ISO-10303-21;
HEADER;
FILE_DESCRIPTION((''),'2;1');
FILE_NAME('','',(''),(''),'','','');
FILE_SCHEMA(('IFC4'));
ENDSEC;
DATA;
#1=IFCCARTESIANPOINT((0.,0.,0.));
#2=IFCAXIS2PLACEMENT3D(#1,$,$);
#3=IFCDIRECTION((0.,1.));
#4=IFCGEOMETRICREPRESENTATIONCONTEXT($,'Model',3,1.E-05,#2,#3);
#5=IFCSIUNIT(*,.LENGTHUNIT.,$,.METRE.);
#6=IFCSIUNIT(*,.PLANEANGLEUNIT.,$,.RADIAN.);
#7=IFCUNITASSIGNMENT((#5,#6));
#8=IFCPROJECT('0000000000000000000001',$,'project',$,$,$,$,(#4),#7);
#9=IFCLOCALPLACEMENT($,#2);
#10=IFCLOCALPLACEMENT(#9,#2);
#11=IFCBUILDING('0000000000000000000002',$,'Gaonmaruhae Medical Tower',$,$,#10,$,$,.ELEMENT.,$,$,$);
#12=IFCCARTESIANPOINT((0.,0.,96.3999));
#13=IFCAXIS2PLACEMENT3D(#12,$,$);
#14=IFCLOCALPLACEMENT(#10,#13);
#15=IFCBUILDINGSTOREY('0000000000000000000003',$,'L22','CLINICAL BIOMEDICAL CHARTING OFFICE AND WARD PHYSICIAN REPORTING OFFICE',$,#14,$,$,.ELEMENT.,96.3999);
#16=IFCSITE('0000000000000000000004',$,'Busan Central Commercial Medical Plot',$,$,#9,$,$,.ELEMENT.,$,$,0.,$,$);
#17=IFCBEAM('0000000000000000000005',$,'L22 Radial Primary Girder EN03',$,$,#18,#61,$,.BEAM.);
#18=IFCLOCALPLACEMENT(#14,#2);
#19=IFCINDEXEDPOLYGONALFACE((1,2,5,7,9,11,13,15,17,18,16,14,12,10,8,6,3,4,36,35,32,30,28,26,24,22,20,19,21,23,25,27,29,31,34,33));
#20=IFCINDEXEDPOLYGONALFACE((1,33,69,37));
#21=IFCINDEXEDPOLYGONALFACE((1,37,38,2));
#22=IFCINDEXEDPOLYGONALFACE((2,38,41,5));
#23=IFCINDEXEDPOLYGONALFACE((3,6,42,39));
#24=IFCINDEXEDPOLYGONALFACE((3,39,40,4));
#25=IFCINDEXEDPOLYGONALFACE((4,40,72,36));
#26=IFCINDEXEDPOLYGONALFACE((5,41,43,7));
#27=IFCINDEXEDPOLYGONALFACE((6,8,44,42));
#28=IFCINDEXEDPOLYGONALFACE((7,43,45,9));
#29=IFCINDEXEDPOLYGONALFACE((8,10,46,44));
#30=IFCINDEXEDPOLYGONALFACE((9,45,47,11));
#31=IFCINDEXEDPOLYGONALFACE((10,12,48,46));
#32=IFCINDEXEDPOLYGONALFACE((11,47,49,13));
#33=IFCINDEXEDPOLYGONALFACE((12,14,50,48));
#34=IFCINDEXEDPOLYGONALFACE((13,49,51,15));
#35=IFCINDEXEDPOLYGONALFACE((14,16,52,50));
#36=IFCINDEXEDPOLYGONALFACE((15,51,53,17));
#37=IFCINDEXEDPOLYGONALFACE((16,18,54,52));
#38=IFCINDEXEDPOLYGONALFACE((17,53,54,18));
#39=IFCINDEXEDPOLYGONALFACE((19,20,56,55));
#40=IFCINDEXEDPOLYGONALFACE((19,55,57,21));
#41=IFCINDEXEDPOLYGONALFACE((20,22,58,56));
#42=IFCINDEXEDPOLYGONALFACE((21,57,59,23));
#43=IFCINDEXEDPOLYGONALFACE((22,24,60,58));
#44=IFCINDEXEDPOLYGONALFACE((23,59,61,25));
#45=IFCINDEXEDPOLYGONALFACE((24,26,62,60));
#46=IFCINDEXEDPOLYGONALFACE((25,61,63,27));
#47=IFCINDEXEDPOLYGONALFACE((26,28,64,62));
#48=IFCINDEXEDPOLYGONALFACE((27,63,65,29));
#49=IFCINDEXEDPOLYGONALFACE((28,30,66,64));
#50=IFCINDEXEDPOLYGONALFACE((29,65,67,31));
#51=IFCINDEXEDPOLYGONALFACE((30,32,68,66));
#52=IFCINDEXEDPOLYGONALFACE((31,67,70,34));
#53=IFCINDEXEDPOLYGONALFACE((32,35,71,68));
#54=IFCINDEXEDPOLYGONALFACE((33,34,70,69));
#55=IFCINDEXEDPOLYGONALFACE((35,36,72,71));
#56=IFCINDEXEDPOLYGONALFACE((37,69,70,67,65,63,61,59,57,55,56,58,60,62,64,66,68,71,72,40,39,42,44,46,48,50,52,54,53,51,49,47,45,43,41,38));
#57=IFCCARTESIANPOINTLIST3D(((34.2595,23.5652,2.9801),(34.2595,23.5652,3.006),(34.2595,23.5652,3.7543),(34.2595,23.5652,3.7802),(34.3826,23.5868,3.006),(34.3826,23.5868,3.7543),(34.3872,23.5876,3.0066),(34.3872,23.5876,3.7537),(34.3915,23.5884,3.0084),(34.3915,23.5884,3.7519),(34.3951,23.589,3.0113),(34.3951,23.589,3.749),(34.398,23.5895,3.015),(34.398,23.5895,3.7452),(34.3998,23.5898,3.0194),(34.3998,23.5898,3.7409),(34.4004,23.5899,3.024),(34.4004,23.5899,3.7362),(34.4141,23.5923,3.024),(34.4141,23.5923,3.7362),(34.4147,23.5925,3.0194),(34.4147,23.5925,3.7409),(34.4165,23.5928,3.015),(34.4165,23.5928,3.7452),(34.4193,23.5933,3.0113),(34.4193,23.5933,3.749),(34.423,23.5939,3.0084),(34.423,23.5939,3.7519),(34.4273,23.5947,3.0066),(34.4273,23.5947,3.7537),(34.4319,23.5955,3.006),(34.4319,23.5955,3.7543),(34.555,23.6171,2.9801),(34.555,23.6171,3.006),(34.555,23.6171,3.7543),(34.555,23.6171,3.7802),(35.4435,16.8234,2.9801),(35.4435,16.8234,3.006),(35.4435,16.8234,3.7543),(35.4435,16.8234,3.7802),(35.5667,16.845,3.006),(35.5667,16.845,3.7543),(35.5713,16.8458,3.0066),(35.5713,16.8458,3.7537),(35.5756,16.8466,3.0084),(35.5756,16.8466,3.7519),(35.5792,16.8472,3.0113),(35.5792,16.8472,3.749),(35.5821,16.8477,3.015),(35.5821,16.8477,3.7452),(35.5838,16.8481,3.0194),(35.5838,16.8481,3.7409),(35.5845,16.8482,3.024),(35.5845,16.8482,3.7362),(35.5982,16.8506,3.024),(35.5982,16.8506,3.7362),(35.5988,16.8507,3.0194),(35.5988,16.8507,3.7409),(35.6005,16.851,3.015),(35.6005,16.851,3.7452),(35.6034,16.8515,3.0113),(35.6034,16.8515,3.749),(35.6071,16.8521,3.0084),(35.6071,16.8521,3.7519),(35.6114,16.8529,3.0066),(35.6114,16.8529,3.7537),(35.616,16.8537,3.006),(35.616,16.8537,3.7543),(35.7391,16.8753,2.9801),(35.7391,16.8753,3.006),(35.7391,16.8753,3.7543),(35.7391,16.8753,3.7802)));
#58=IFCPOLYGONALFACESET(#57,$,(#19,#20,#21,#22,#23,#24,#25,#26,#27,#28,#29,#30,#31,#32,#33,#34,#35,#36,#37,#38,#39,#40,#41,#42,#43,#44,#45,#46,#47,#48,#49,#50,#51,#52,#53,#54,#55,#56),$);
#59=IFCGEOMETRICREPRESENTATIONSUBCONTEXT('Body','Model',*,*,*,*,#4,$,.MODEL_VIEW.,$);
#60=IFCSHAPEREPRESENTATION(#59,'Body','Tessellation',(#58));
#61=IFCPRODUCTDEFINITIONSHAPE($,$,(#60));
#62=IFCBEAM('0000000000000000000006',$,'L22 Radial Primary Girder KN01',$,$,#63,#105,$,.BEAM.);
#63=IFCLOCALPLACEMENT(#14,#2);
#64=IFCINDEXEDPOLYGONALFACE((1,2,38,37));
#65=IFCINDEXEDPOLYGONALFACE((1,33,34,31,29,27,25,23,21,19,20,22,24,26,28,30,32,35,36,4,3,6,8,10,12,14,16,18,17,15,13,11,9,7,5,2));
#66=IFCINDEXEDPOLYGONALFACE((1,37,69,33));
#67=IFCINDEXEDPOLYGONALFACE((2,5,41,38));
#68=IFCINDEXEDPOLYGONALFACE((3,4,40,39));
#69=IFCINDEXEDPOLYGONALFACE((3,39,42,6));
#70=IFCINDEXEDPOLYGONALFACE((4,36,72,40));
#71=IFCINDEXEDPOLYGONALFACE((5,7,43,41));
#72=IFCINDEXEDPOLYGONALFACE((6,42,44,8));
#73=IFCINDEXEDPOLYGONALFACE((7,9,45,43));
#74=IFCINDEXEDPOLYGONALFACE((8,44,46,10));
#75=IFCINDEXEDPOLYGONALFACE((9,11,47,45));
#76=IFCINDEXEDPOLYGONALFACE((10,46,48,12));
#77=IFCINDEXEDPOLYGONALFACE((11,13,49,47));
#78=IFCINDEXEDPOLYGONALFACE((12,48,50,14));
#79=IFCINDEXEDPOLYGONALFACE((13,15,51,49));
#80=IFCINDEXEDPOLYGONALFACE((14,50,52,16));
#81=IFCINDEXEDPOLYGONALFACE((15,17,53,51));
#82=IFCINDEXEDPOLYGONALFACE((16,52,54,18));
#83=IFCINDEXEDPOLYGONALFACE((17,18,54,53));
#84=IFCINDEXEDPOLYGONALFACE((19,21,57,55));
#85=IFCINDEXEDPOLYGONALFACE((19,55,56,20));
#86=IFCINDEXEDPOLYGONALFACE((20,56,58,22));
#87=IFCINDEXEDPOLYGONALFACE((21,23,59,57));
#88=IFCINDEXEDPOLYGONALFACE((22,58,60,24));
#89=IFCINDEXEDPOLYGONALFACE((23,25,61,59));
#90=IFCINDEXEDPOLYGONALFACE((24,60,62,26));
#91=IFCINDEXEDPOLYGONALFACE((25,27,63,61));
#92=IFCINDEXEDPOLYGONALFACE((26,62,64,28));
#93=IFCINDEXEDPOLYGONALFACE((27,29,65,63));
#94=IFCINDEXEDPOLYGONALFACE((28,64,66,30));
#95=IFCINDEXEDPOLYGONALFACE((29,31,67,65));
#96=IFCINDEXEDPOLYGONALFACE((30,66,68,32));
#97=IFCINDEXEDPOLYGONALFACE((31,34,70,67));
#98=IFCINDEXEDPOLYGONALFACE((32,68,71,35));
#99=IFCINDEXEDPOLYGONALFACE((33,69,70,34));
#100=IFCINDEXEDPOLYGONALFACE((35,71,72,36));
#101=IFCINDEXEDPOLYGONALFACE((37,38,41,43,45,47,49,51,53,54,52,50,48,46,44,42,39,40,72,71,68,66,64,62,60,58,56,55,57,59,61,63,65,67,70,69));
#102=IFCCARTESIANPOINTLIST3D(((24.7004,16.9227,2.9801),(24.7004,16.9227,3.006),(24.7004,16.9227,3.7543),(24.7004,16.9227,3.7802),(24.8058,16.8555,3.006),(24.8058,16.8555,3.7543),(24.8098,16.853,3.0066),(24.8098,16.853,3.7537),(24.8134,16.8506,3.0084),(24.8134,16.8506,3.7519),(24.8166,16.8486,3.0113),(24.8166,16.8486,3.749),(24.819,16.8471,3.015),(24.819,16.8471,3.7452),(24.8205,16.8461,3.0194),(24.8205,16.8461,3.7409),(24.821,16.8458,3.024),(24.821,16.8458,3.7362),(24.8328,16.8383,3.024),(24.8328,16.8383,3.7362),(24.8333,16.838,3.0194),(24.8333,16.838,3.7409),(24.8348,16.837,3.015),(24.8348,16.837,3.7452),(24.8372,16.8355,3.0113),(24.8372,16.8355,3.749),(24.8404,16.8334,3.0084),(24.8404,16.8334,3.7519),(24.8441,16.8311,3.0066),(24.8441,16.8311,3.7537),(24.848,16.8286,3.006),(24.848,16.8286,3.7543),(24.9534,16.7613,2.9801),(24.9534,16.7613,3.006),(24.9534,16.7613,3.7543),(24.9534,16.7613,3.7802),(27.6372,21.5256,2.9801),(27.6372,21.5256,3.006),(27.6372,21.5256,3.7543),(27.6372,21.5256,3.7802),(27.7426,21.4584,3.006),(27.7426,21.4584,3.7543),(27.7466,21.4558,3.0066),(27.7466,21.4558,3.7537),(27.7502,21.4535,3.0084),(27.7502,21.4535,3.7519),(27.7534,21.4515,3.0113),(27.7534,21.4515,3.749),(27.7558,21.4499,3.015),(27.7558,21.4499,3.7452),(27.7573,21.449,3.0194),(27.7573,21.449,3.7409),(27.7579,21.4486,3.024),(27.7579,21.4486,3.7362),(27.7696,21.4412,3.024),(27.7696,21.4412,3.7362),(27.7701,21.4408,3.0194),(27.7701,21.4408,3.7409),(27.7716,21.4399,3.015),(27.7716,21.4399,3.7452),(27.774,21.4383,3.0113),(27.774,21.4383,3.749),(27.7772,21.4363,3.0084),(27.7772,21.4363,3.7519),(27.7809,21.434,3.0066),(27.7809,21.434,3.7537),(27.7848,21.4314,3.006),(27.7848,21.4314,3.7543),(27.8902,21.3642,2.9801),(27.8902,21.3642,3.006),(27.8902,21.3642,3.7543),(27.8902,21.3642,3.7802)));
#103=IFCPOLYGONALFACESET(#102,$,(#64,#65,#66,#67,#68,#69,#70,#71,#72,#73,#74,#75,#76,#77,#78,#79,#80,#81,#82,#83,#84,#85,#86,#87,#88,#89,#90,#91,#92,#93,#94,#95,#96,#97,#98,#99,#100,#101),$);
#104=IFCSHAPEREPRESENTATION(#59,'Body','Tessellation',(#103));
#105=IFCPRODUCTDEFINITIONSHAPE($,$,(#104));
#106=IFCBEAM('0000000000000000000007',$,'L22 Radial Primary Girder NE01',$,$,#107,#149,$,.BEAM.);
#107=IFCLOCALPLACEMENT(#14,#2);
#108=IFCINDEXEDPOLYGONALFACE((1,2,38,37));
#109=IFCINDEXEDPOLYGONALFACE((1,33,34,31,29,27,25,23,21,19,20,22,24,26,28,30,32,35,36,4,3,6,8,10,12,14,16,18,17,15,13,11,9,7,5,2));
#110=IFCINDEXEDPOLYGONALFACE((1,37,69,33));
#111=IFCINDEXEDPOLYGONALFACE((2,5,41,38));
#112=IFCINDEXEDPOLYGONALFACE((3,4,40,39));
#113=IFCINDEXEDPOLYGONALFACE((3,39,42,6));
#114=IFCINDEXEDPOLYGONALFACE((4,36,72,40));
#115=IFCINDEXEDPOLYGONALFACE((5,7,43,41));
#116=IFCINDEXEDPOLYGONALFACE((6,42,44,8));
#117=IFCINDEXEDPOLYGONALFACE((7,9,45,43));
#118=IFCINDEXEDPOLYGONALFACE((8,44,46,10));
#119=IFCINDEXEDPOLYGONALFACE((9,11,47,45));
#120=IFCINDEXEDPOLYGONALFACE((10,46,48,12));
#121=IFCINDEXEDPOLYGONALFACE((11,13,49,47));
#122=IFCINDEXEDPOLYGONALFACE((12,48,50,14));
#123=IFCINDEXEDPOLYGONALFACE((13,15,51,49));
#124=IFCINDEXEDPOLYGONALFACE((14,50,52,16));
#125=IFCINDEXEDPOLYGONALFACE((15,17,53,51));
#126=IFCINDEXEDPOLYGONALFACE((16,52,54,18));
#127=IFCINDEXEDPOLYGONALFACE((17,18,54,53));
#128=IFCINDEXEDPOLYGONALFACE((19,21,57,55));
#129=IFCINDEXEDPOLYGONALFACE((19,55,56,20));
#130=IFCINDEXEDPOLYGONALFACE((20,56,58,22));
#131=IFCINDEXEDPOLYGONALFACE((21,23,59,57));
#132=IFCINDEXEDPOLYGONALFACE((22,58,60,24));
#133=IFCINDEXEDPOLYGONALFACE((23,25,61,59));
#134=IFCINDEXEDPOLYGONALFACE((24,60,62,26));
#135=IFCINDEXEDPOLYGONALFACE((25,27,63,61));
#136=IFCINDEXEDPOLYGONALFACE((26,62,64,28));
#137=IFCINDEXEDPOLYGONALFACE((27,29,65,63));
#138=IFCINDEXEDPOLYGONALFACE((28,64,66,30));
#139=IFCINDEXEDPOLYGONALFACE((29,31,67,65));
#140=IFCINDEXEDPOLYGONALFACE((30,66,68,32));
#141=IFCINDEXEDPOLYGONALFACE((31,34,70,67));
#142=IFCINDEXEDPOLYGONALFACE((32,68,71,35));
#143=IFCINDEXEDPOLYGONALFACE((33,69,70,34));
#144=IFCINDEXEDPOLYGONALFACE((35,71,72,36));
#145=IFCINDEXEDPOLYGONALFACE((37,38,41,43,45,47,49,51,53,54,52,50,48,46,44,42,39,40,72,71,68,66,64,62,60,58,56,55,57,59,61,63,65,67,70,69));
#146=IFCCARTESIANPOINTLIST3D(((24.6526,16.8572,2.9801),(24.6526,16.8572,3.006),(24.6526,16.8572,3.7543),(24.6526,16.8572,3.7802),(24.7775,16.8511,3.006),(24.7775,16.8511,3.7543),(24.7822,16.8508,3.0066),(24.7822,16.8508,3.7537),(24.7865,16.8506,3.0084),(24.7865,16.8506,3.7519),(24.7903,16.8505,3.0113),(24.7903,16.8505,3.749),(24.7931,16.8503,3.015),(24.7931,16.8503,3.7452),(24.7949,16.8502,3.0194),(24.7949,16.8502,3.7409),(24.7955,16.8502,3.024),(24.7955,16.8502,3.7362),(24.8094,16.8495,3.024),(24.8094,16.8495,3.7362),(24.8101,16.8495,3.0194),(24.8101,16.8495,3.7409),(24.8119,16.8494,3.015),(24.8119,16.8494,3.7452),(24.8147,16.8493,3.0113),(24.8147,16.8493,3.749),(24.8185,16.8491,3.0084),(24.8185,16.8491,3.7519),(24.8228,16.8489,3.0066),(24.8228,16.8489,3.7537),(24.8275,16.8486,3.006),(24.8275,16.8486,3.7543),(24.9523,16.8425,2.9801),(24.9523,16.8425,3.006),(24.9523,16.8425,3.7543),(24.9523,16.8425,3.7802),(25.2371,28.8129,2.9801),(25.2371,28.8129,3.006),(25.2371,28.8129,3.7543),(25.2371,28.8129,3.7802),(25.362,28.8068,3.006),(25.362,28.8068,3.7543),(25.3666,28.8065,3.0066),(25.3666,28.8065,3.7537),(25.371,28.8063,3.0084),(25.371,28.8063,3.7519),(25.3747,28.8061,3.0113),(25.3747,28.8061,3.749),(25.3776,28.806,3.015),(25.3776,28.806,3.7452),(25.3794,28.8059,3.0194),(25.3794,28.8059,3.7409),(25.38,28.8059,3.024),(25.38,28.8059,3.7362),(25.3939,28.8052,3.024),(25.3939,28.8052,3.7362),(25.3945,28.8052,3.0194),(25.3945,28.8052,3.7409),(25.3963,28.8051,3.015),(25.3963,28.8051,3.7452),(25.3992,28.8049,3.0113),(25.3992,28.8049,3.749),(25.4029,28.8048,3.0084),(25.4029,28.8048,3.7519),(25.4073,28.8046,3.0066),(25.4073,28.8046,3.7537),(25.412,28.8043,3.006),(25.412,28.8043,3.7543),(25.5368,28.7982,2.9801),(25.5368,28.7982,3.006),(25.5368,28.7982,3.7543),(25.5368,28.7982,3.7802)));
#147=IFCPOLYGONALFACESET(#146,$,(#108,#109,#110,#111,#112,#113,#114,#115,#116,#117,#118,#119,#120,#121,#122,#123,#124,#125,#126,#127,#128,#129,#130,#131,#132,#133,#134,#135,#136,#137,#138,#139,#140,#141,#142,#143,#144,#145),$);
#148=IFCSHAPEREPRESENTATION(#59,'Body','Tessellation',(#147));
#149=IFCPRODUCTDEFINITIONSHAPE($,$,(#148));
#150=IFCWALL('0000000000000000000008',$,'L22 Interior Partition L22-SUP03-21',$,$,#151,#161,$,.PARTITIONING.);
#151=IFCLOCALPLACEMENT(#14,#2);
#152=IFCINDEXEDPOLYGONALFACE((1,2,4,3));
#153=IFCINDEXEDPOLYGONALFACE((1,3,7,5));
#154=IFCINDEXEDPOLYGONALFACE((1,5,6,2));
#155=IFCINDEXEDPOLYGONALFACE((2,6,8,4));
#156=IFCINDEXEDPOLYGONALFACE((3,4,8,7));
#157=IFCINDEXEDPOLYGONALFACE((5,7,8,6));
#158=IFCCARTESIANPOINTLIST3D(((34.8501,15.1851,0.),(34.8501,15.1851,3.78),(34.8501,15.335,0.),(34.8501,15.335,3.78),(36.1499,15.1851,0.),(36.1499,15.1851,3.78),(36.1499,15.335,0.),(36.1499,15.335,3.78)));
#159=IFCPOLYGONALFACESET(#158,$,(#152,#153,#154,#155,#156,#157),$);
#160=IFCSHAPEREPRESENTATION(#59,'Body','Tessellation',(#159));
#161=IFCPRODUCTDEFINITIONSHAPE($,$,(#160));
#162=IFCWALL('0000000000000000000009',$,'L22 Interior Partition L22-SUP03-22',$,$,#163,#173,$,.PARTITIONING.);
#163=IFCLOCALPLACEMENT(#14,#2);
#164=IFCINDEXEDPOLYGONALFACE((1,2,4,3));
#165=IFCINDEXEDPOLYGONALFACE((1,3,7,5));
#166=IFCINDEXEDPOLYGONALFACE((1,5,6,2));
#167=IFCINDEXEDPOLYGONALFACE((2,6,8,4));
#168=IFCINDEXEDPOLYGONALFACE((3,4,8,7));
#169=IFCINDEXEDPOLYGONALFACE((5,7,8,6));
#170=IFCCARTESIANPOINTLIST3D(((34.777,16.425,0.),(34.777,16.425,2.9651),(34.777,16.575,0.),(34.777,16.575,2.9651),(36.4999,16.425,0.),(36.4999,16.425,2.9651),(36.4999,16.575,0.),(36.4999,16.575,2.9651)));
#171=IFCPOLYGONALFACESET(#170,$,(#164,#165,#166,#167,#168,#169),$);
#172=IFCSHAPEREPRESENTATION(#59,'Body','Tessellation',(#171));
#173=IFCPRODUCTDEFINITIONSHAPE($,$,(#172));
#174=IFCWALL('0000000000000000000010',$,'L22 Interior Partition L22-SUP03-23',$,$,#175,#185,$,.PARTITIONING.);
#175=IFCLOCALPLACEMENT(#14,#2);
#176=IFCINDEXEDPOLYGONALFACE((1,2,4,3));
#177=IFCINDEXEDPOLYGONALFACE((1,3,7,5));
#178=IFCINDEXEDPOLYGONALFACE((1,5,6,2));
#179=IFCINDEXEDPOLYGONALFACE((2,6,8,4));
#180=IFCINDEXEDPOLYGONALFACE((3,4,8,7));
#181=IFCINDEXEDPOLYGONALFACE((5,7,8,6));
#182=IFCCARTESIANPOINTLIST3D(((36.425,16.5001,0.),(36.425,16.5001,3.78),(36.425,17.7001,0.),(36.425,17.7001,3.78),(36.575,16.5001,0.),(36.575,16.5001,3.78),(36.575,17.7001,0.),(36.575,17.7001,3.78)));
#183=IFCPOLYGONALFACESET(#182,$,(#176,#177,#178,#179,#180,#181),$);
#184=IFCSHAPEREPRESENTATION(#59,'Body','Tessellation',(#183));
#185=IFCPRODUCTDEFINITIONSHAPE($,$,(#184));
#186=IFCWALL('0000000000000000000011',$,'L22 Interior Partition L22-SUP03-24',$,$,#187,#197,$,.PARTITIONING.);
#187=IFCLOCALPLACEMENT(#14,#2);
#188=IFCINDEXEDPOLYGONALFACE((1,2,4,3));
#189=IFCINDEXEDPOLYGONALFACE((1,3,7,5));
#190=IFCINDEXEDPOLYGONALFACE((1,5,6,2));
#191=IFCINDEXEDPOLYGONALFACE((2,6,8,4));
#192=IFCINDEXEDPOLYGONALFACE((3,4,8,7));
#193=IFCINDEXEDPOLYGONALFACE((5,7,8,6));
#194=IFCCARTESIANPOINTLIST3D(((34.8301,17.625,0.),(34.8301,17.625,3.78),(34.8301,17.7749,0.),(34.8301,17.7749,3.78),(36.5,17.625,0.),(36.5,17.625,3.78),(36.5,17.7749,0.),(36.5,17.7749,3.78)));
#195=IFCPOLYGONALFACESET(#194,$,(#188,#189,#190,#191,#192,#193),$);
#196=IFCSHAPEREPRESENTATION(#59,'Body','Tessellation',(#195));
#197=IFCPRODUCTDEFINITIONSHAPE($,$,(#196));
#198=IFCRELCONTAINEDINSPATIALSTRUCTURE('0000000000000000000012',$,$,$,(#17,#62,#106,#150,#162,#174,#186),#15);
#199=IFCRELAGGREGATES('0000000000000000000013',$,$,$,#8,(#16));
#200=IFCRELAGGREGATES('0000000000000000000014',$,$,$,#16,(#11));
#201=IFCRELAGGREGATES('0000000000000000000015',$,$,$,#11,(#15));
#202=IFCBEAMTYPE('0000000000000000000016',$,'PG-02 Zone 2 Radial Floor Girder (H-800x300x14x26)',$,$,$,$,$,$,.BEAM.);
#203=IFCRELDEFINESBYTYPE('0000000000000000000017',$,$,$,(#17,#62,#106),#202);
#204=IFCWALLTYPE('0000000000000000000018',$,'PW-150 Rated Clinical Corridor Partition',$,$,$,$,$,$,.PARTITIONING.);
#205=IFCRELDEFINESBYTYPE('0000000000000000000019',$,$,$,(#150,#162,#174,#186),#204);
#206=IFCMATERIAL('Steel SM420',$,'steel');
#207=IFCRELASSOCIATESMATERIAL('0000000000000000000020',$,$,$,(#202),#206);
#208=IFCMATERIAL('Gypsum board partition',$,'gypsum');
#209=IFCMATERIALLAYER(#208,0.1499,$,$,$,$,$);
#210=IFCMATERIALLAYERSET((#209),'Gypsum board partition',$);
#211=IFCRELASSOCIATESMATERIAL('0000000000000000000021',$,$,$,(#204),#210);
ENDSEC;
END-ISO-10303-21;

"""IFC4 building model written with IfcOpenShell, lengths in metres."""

from ifc_helpers import new_model, si_unit, direction, frame, frame_2d, origin, origin_2d, place, context, subcontext, project, spatial, rectangle, i_section, extrude, material, layer, layer_set, material_profile, profile_set, type_object, element, save


model = new_model("IFC4")

# Units and contexts
model_context = context("Model", 3, precision=1e-05, world=origin(), true_north=direction((0.0, 1.0)))
body_context = subcontext(model_context, "Body", "Model", "MODEL_VIEW")
ifc_project = project(units=[si_unit("LENGTHUNIT", "METRE"), si_unit("PLANEANGLEUNIT", "RADIAN")], contexts=[model_context])

# Site, building, storey
site_placement = place(None, origin())
site = spatial("IfcSite", under=ifc_project, at=site_placement, Name="Busan Central Commercial Medical Plot", CompositionType="ELEMENT", RefElevation=0.0)
building_placement = place(site_placement, origin())
building = spatial("IfcBuilding", under=site, at=building_placement, Name="Gaonmaruhae Medical Tower", CompositionType="ELEMENT")
storey_placement = place(building_placement, frame((0.0, 0.0, 96.3999)))
storey = spatial("IfcBuildingStorey", under=building, at=storey_placement, Name="L22", Description="CLINICAL BIOMEDICAL CHARTING OFFICE AND WARD PHYSICIAN REPORTING OFFICE", CompositionType="ELEMENT", Elevation=96.3999)

# Beams
ifc_material_1 = material(Name="Steel SM420", Category="steel")
ifc_material_profile_1 = material_profile(ifc_material_1, i_section(OverallWidth=0.3, OverallDepth=0.8, WebThickness=0.0139, FlangeThickness=0.0259, FilletRadius=0.0181, at=origin_2d()), Name="H-800x300x14x26")
ifc_profile_set_1 = profile_set([ifc_material_profile_1], Name="Steel SM420")
beam_type = type_object("IfcBeamType", Name="PG-02 Zone 2 Radial Floor Girder (H-800x300x14x26)", PredefinedType="BEAM", material=ifc_profile_set_1)
beam_1_placement = place(storey_placement, frame((35.5913, 16.8494, 3.3801), z_axis=(-0.172988, 0.984924, 0.0), x_axis=(-0.984924, -0.172988, 0.0)))
element("IfcBeam", 1, at=beam_1_placement, inside=storey, type_object=beam_type, Name="L22 Radial Primary Girder EN03", PredefinedType="BEAM", context=body_context, shape_type="SweptSolid", body=[
    extrude(i_section(OverallWidth=0.3, OverallDepth=0.8, WebThickness=0.0139, FlangeThickness=0.0259, FilletRadius=0.0181, at=origin_2d()), origin(), (0.0, 0.0, 1.0), 6.845),
])
beam_2_placement = place(storey_placement, frame((24.8269, 16.842, 3.3801), z_axis=(0.537882, 0.84302, 0.0), x_axis=(-0.84302, 0.537882, 0.0)))
element("IfcBeam", 2, at=beam_2_placement, inside=storey, type_object=beam_type, Name="L22 Radial Primary Girder KN01", PredefinedType="BEAM", context=body_context, shape_type="SweptSolid", body=[
    extrude(i_section(OverallWidth=0.3, OverallDepth=0.8, WebThickness=0.0139, FlangeThickness=0.0259, FilletRadius=0.0181, at=origin_2d()), origin(), (0.0, 0.0, 1.0), 5.46),
])
beam_3_placement = place(storey_placement, frame((24.8025, 16.8499, 3.3801), z_axis=(0.048828, 0.998807, 0.0), x_axis=(-0.998807, 0.048828, 0.0)))
element("IfcBeam", 3, at=beam_3_placement, inside=storey, type_object=beam_type, Name="L22 Radial Primary Girder NE01", PredefinedType="BEAM", context=body_context, shape_type="SweptSolid", body=[
    extrude(i_section(OverallWidth=0.3, OverallDepth=0.8, WebThickness=0.0139, FlangeThickness=0.0259, FilletRadius=0.0181, at=origin_2d()), origin(), (0.0, 0.0, 1.0), 11.97),
])

# Walls
ifc_material_2 = material(Name="Gypsum board partition", Category="gypsum")
ifc_layer_1 = layer(ifc_material_2, 0.1499)
ifc_layer_set_1 = layer_set([ifc_layer_1], Name="Gypsum board partition")
wall_type_1 = type_object("IfcWallType", Name="PW-150 Rated Clinical Corridor Partition", PredefinedType="PARTITIONING", material=ifc_layer_set_1)
wall_1_placement = place(storey_placement, frame((36.1499, 15.26, 0.0), z_axis=(0.0, 0.0, 1.0), x_axis=(-1.0, 0.0, 0.0)))
element("IfcWall", 4, at=wall_1_placement, inside=storey, type_object=wall_type_1, Name="L22 Interior Partition L22-SUP03-21", PredefinedType="PARTITIONING", context=body_context, shape_type="SweptSolid", body=[
    extrude(rectangle(XDim=1.2998, YDim=0.1499, at=frame_2d((0.6499, 0.0))), origin(), (0.0, 0.0, 1.0), 3.78),
])
wall_2_placement = place(storey_placement, frame((34.7771, 16.5, 0.0), z_axis=(0.0, 0.0, 1.0), x_axis=(1.0, 0.0, 0.0)))
element("IfcWall", 5, at=wall_2_placement, inside=storey, type_object=wall_type_1, Name="L22 Interior Partition L22-SUP03-22", PredefinedType="PARTITIONING", context=body_context, shape_type="SweptSolid", body=[
    extrude(rectangle(XDim=1.7229, YDim=0.1499, at=frame_2d((0.8613, 0.0))), origin(), (0.0, 0.0, 1.0), 2.9651),
])
wall_3_placement = place(storey_placement, frame((36.5, 16.5, 0.0), z_axis=(0.0, 0.0, 1.0), x_axis=(0.0, 1.0, 0.0)))
element("IfcWall", 6, at=wall_3_placement, inside=storey, type_object=wall_type_1, Name="L22 Interior Partition L22-SUP03-23", PredefinedType="PARTITIONING", context=body_context, shape_type="SweptSolid", body=[
    extrude(rectangle(XDim=1.2, YDim=0.1499, at=frame_2d((0.6001, 0.0))), origin(), (0.0, 0.0, 1.0), 3.78),
])
wall_4_placement = place(storey_placement, frame((36.5, 17.7, 0.0), z_axis=(0.0, 0.0, 1.0), x_axis=(-1.0, 0.0, 0.0)))
element("IfcWall", 7, at=wall_4_placement, inside=storey, type_object=wall_type_1, Name="L22 Interior Partition L22-SUP03-24", PredefinedType="PARTITIONING", context=body_context, shape_type="SweptSolid", body=[
    extrude(rectangle(XDim=1.6699, YDim=0.1499, at=frame_2d((0.835, 0.0))), origin(), (0.0, 0.0, 1.0), 3.78),
])

save(model, "model.ifc")
